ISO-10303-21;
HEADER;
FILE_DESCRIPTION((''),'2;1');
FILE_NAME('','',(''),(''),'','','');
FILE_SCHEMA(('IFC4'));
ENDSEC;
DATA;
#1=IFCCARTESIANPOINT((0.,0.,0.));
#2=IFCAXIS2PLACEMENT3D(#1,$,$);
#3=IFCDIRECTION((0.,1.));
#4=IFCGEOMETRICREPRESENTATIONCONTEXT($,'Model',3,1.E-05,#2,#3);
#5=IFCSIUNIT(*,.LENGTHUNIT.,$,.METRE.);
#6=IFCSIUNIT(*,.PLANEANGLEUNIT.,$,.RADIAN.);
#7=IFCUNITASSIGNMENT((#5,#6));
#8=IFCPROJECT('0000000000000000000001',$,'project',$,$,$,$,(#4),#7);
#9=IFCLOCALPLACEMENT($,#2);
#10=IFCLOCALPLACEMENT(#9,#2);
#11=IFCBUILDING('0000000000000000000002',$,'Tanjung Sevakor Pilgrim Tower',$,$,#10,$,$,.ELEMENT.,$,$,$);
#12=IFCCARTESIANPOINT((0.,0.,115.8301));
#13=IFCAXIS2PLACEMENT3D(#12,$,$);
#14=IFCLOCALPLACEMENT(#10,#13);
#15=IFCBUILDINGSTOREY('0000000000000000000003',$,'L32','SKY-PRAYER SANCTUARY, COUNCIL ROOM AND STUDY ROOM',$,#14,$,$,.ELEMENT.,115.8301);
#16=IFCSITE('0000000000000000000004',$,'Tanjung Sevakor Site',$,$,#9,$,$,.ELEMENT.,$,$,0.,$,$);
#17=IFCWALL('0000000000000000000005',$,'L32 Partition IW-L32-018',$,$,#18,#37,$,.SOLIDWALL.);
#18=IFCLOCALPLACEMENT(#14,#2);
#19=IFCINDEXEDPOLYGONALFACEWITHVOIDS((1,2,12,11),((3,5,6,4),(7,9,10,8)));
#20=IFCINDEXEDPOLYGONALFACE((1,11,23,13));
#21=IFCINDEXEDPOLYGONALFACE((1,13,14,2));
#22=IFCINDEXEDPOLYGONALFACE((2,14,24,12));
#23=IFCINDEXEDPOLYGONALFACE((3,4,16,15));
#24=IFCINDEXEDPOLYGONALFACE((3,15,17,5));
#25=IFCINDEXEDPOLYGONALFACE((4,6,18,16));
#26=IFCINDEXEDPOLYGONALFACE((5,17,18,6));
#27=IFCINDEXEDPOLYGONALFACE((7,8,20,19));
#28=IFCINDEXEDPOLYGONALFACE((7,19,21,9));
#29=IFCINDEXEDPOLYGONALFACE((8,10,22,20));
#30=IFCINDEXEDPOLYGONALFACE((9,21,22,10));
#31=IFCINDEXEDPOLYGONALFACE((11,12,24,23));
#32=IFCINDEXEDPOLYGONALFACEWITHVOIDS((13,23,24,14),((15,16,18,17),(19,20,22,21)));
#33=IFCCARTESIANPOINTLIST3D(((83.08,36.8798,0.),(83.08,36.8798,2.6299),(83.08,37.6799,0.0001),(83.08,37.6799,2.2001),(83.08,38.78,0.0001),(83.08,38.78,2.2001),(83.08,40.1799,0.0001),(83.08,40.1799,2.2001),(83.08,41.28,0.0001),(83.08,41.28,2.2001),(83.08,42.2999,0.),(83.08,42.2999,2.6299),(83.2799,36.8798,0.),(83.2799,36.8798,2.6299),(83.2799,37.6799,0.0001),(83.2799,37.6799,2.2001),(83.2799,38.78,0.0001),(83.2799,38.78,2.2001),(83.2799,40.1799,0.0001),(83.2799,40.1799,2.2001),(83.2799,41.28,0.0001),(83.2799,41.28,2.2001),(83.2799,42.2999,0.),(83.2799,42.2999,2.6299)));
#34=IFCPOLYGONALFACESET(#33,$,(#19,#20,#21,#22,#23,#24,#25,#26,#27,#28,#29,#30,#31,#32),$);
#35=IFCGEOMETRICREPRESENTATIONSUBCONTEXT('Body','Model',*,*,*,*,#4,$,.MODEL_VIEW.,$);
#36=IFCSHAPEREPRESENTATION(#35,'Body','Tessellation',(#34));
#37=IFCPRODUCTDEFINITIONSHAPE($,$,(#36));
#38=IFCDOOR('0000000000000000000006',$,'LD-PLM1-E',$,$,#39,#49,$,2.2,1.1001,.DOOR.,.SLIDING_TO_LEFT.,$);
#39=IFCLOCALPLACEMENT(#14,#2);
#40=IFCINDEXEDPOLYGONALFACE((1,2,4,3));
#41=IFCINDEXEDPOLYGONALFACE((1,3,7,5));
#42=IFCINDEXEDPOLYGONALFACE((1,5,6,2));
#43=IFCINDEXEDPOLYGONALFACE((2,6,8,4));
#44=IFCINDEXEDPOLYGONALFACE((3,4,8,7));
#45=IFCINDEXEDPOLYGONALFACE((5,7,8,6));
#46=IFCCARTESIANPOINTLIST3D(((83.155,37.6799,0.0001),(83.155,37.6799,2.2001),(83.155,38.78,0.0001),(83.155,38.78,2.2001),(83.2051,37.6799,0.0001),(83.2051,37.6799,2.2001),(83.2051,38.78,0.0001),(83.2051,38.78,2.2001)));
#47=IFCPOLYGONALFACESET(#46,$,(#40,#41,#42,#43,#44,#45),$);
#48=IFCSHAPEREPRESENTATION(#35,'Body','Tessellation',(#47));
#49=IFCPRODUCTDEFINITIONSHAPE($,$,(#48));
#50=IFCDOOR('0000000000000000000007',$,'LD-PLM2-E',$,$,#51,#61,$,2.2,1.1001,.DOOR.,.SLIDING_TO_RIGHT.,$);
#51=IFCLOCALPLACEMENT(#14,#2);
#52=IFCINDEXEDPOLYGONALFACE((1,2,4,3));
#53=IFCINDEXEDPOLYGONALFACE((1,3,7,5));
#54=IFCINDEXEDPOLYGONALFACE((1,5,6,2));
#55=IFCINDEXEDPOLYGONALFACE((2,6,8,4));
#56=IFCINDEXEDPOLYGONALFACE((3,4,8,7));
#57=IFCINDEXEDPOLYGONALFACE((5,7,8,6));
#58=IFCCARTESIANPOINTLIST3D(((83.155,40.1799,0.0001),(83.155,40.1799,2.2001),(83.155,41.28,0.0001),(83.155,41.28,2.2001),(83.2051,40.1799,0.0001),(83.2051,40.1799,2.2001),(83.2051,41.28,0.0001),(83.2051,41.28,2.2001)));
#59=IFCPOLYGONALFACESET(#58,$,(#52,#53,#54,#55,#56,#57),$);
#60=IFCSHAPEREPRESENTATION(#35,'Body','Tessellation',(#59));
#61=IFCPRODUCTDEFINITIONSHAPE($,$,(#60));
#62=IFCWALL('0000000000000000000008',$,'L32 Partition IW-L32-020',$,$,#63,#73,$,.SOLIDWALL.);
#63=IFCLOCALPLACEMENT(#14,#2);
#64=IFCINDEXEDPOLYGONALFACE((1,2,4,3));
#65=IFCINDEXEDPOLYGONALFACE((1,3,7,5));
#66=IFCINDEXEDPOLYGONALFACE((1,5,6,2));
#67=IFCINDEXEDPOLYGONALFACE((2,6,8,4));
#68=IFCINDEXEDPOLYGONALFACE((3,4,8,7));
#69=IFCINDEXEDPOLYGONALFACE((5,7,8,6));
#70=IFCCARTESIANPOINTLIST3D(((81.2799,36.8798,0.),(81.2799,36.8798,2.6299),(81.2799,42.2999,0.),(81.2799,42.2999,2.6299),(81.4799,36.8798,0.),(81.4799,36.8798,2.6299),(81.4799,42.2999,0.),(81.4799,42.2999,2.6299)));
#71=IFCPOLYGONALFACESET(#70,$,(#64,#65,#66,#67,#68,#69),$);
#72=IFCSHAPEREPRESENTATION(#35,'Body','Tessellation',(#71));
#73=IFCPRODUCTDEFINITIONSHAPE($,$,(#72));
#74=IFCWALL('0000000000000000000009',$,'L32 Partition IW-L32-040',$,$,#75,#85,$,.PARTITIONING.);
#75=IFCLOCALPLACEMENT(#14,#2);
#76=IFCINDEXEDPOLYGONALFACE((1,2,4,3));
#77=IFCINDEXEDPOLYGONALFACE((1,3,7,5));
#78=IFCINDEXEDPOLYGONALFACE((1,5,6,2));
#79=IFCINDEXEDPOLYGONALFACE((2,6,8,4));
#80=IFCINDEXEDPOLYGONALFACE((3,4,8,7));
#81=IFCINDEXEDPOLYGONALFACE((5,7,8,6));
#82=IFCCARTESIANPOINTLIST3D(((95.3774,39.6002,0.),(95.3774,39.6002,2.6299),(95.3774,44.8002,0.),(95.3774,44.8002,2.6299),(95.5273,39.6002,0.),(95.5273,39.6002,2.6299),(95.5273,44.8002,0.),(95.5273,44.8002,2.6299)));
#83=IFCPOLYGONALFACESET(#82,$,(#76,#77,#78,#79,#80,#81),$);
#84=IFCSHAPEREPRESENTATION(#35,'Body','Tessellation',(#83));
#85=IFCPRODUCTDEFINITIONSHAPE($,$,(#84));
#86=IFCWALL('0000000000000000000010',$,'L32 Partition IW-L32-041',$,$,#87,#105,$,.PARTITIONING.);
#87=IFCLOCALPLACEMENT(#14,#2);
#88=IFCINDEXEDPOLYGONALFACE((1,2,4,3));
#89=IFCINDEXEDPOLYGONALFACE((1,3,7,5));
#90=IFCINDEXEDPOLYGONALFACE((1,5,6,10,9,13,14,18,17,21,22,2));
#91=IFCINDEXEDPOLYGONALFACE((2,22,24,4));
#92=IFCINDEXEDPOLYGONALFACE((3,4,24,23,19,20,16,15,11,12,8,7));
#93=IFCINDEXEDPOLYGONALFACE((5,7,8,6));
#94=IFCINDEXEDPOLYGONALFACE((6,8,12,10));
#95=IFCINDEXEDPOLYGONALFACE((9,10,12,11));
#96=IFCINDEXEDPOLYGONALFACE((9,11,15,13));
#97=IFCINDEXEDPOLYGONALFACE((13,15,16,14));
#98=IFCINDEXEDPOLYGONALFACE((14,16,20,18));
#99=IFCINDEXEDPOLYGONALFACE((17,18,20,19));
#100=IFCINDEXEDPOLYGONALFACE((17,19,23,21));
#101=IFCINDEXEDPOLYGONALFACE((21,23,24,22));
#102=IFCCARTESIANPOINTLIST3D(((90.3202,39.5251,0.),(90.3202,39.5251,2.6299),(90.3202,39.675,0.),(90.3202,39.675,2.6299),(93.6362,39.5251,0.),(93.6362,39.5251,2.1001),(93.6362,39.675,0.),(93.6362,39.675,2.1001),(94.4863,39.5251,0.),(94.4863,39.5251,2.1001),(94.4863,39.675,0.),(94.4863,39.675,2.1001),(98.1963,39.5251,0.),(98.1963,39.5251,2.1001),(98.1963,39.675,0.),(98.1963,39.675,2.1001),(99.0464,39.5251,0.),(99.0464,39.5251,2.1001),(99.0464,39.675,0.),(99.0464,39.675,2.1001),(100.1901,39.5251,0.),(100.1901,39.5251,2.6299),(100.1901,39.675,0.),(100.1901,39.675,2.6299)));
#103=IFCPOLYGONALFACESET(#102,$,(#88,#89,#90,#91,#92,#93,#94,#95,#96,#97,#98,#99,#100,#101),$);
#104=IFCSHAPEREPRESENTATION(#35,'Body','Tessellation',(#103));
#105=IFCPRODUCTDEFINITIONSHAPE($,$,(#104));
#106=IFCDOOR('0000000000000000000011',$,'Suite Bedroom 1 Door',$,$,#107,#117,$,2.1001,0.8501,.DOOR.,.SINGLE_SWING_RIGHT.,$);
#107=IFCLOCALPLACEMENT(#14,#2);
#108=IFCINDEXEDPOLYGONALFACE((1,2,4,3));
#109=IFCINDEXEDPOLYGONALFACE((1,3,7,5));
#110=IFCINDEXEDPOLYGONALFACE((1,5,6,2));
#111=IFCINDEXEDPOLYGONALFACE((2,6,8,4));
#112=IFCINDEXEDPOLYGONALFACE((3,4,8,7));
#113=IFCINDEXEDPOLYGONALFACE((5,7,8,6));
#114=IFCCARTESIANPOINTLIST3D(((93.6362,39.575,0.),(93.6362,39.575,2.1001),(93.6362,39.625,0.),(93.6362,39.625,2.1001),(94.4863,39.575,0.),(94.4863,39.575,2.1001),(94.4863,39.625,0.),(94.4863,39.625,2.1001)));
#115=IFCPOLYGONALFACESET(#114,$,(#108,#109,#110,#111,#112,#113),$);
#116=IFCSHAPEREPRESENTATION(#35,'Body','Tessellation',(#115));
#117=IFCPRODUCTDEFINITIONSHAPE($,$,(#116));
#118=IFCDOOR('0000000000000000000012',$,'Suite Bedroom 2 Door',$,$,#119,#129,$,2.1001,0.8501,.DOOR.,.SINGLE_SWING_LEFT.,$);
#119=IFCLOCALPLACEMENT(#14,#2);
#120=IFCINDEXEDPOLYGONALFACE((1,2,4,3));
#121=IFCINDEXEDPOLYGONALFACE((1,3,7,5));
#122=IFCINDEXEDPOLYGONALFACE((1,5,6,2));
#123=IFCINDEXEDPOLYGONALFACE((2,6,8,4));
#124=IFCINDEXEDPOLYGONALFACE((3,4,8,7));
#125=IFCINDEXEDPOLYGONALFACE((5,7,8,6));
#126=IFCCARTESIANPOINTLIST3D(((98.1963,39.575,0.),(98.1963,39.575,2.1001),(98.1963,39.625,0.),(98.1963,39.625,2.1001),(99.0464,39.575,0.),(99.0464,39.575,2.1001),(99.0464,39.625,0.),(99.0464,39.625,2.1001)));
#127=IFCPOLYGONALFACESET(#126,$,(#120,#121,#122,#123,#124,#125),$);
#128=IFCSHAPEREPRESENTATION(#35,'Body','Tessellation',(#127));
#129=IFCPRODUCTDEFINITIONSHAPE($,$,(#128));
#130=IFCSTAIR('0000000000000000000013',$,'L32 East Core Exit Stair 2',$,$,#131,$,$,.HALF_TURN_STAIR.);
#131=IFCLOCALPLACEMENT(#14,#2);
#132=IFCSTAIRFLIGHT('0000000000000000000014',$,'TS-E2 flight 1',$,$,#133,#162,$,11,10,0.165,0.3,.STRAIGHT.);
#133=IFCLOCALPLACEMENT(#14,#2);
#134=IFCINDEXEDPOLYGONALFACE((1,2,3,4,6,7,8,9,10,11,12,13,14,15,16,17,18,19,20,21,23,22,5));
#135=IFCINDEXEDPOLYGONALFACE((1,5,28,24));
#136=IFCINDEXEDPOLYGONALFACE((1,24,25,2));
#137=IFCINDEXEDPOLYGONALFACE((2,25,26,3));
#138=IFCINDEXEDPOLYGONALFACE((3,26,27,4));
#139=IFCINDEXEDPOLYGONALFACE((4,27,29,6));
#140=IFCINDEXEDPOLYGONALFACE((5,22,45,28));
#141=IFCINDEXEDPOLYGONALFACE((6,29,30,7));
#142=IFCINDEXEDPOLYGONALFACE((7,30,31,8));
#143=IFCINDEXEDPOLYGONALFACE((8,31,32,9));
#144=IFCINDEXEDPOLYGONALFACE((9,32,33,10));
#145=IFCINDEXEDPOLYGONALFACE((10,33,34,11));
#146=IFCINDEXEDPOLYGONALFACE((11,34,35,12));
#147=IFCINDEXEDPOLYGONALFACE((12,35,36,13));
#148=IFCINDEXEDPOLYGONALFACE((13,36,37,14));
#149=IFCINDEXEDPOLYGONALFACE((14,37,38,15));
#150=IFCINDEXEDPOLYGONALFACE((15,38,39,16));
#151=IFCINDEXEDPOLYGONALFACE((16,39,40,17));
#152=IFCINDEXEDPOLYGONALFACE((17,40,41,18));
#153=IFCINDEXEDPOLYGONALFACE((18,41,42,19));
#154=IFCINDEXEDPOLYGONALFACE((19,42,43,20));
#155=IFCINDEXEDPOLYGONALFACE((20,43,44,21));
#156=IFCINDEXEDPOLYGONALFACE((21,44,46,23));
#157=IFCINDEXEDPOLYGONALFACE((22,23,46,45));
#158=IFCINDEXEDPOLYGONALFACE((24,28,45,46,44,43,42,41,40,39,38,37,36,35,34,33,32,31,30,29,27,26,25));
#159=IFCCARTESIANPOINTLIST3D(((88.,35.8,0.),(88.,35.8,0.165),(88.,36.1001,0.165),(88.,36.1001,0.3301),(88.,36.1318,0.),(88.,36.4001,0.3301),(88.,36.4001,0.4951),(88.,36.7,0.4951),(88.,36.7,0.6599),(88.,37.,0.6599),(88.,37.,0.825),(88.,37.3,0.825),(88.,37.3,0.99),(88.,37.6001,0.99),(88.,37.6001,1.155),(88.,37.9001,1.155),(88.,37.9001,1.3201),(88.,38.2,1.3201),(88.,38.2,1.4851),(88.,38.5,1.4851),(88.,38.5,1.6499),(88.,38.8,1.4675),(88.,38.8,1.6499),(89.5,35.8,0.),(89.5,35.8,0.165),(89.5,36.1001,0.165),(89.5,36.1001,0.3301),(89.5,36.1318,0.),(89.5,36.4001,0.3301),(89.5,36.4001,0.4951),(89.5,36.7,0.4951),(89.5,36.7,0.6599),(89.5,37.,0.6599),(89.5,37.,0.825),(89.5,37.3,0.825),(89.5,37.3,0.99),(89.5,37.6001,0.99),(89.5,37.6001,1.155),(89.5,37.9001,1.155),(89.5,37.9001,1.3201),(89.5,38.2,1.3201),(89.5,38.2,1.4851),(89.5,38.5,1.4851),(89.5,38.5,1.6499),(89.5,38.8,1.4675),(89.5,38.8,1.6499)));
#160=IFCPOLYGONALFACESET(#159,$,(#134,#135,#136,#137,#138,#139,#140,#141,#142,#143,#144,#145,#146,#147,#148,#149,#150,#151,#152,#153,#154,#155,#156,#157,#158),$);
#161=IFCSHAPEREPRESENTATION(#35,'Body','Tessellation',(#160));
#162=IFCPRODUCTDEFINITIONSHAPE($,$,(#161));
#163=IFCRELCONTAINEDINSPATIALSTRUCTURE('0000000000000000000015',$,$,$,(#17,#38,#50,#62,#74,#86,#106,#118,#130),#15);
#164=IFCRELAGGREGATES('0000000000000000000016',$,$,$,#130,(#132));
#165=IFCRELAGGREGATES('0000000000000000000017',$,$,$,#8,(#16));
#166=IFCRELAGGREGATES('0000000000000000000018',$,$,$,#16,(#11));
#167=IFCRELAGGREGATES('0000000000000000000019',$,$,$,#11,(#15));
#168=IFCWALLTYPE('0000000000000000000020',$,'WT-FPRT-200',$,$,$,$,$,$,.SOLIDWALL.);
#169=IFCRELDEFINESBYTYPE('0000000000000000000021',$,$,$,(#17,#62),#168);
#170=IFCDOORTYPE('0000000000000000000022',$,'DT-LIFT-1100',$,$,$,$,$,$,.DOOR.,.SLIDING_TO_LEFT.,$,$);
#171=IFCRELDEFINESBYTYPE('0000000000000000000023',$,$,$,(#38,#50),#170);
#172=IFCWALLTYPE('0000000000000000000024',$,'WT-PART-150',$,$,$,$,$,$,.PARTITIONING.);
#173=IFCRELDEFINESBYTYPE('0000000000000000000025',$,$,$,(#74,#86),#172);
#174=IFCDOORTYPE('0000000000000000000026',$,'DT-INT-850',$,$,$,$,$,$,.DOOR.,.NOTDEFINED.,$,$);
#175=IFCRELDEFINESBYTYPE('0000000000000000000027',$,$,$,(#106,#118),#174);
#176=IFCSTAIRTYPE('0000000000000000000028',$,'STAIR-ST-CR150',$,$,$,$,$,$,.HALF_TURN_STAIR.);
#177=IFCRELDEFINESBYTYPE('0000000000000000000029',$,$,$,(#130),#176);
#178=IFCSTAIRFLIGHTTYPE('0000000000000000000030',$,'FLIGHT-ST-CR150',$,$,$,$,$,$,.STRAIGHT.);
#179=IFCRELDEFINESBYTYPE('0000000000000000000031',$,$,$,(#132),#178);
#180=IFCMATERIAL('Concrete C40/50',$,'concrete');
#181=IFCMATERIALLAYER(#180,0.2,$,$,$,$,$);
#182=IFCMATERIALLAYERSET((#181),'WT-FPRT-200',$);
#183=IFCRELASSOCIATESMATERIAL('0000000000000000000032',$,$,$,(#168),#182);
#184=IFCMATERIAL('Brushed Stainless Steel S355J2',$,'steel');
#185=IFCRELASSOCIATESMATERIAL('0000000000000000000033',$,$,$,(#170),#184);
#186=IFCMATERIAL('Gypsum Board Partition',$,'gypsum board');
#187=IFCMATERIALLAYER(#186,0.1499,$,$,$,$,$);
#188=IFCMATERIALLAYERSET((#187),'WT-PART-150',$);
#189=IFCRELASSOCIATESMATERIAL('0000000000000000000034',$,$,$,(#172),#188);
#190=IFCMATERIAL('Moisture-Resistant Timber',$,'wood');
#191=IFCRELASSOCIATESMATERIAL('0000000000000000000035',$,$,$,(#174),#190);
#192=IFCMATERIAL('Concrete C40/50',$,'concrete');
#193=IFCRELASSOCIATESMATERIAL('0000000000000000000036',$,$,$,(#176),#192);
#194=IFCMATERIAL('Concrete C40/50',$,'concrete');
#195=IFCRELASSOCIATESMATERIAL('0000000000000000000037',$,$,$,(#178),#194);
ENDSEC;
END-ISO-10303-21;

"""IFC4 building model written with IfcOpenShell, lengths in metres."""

from ifc_helpers import new_model, si_unit, direction, frame, frame_2d, origin, place, context, subcontext, project, spatial, polyline, rectangle, outline, extrude, material, layer, layer_set, type_object, element, fill, aggregate, save


model = new_model("IFC4")

# Units and contexts
model_context = context("Model", 3, precision=1e-05, world=origin(), true_north=direction((0.0, 1.0)))
body_context = subcontext(model_context, "Body", "Model", "MODEL_VIEW")
ifc_project = project(units=[si_unit("LENGTHUNIT", "METRE"), si_unit("PLANEANGLEUNIT", "RADIAN")], contexts=[model_context])

# Site, building, storey
site_placement = place(None, origin())
site = spatial("IfcSite", under=ifc_project, at=site_placement, Name="Tanjung Sevakor Site", CompositionType="ELEMENT", RefElevation=0.0)
building_placement = place(site_placement, origin())
building = spatial("IfcBuilding", under=site, at=building_placement, Name="Tanjung Sevakor Pilgrim Tower", CompositionType="ELEMENT")
storey_placement = place(building_placement, frame((0.0, 0.0, 115.8301)))
storey = spatial("IfcBuildingStorey", under=building, at=storey_placement, Name="L32", Description="SKY-PRAYER SANCTUARY, COUNCIL ROOM AND STUDY ROOM", CompositionType="ELEMENT", Elevation=115.8301)

# Shared definitions
ifc_material_1 = material(Name="Concrete C40/50", Category="concrete")
ifc_layer_1 = layer(ifc_material_1, 0.2)
ifc_layer_set_1 = layer_set([ifc_layer_1], Name="WT-FPRT-200")
wall_type_1 = type_object("IfcWallType", Name="WT-FPRT-200", PredefinedType="SOLIDWALL", material=ifc_layer_set_1)

# Wall, openings, doors
wall_1_placement = place(storey_placement, frame((83.1799, 36.8799, 0.0), z_axis=(0.0, 0.0, 1.0), x_axis=(0.0, 1.0, 0.0)))
wall_1 = element("IfcWall", 1, at=wall_1_placement, inside=storey, type_object=wall_type_1, Name="L32 Partition IW-L32-018", PredefinedType="SOLIDWALL", context=body_context, shape_type="SweptSolid", body=[
    extrude(rectangle(XDim=5.4202, YDim=0.2, at=frame_2d((2.71, 0.0))), origin(), (0.0, 0.0, 1.0), 2.6299),
])
opening_1_placement = place(wall_1_placement, frame((0.8, 0.0, 0.0)))
opening_1 = element("IfcOpeningElement", 2, at=opening_1_placement, cuts=wall_1, PredefinedType="OPENING", context=body_context, shape_type="SweptSolid", body=[
    extrude(rectangle(XDim=1.1001, YDim=2.2, at=frame_2d((0.55, 1.1001))), frame((0.0, 0.1099, 0.0), z_axis=(0.0, -1.0, 0.0), x_axis=(1.0, 0.0, 0.0)), (0.0, 0.0, 1.0), 0.22),
])
opening_2_placement = place(wall_1_placement, frame((3.3, 0.0, 0.0)))
opening_2 = element("IfcOpeningElement", 3, at=opening_2_placement, cuts=wall_1, PredefinedType="OPENING", context=body_context, shape_type="SweptSolid", body=[
    extrude(rectangle(XDim=1.1001, YDim=2.2, at=frame_2d((0.55, 1.1001))), frame((0.0, 0.1099, 0.0), z_axis=(0.0, -1.0, 0.0), x_axis=(1.0, 0.0, 0.0)), (0.0, 0.0, 1.0), 0.22),
])
ifc_material_2 = material(Name="Brushed Stainless Steel S355J2", Category="steel")
door_type_1 = type_object("IfcDoorType", Name="DT-LIFT-1100", OperationType="SLIDING_TO_LEFT", PredefinedType="DOOR", material=ifc_material_2)
door_1_placement = place(opening_1_placement, origin())
door_1 = element("IfcDoor", 4, at=door_1_placement, inside=storey, type_object=door_type_1, Name="LD-PLM1-E", OperationType="SLIDING_TO_LEFT", OverallHeight=2.2, OverallWidth=1.1001, PredefinedType="DOOR", context=body_context, shape_type="SweptSolid", body=[
    extrude(rectangle(XDim=1.1001, YDim=2.2, at=frame_2d((0.55, 1.1001))), frame((0.0, 0.0249, 0.0), z_axis=(0.0, -1.0, 0.0), x_axis=(1.0, 0.0, 0.0)), (0.0, 0.0, 1.0), 0.05),
])
fill(opening_1, door_1)
door_2_placement = place(opening_2_placement, origin())
door_2 = element("IfcDoor", 5, at=door_2_placement, inside=storey, type_object=door_type_1, Name="LD-PLM2-E", OperationType="SLIDING_TO_RIGHT", OverallHeight=2.2, OverallWidth=1.1001, PredefinedType="DOOR", context=body_context, shape_type="SweptSolid", body=[
    extrude(rectangle(XDim=1.1001, YDim=2.2, at=frame_2d((0.55, 1.1001))), frame((0.0, 0.0249, 0.0), z_axis=(0.0, -1.0, 0.0), x_axis=(1.0, 0.0, 0.0)), (0.0, 0.0, 1.0), 0.05),
])
fill(opening_2, door_2)

# Walls
wall_2_placement = place(storey_placement, frame((81.3799, 36.8799, 0.0), z_axis=(0.0, 0.0, 1.0), x_axis=(0.0, 1.0, 0.0)))
element("IfcWall", 6, at=wall_2_placement, inside=storey, type_object=wall_type_1, Name="L32 Partition IW-L32-020", PredefinedType="SOLIDWALL", context=body_context, shape_type="SweptSolid", body=[
    extrude(rectangle(XDim=5.4202, YDim=0.2, at=frame_2d((2.71, 0.0))), origin(), (0.0, 0.0, 1.0), 2.6299),
])
ifc_material_3 = material(Name="Gypsum Board Partition", Category="gypsum board")
ifc_layer_2 = layer(ifc_material_3, 0.1499)
ifc_layer_set_2 = layer_set([ifc_layer_2], Name="WT-PART-150")
wall_type_2 = type_object("IfcWallType", Name="WT-PART-150", PredefinedType="PARTITIONING", material=ifc_layer_set_2)
wall_3_placement = place(storey_placement, frame((95.4524, 39.6001, 0.0), z_axis=(0.0, 0.0, 1.0), x_axis=(0.0, 1.0, 0.0)))
element("IfcWall", 7, at=wall_3_placement, inside=storey, type_object=wall_type_2, Name="L32 Partition IW-L32-040", PredefinedType="PARTITIONING", context=body_context, shape_type="SweptSolid", body=[
    extrude(rectangle(XDim=5.2, YDim=0.1499, at=frame_2d((2.6001, 0.0))), origin(), (0.0, 0.0, 1.0), 2.6299),
])

# Wall, openings, doors
wall_4_placement = place(storey_placement, frame((90.3201, 39.6001, 0.0), z_axis=(0.0, 0.0, 1.0), x_axis=(1.0, 0.0, 0.0)))
wall_4 = element("IfcWall", 8, at=wall_4_placement, inside=storey, type_object=wall_type_2, Name="L32 Partition IW-L32-041", PredefinedType="PARTITIONING", context=body_context, shape_type="SweptSolid", body=[
    extrude(rectangle(XDim=9.8699, YDim=0.1499, at=frame_2d((4.9351, 0.0))), origin(), (0.0, 0.0, 1.0), 2.6299),
])
opening_3_placement = place(wall_4_placement, frame((3.3162, 0.0, 0.0)))
opening_3 = element("IfcOpeningElement", 9, at=opening_3_placement, cuts=wall_4, PredefinedType="OPENING", context=body_context, shape_type="SweptSolid", body=[
    extrude(rectangle(XDim=0.8501, YDim=2.1001, at=frame_2d((0.425, 1.05))), frame((0.0, 0.085, 0.0), z_axis=(0.0, -1.0, 0.0), x_axis=(1.0, 0.0, 0.0)), (0.0, 0.0, 1.0), 0.1699),
])
opening_4_placement = place(wall_4_placement, frame((7.8762, 0.0, 0.0)))
opening_4 = element("IfcOpeningElement", 10, at=opening_4_placement, cuts=wall_4, PredefinedType="OPENING", context=body_context, shape_type="SweptSolid", body=[
    extrude(rectangle(XDim=0.8501, YDim=2.1001, at=frame_2d((0.425, 1.05))), frame((0.0, 0.085, 0.0), z_axis=(0.0, -1.0, 0.0), x_axis=(1.0, 0.0, 0.0)), (0.0, 0.0, 1.0), 0.1699),
])
ifc_material_4 = material(Name="Moisture-Resistant Timber", Category="wood")
door_type_2 = type_object("IfcDoorType", Name="DT-INT-850", OperationType="NOTDEFINED", PredefinedType="DOOR", material=ifc_material_4)
door_3_placement = place(opening_3_placement, origin())
door_3 = element("IfcDoor", 11, at=door_3_placement, inside=storey, type_object=door_type_2, Name="Suite Bedroom 1 Door", OperationType="SINGLE_SWING_RIGHT", OverallHeight=2.1001, OverallWidth=0.8501, PredefinedType="DOOR", context=body_context, shape_type="SweptSolid", body=[
    extrude(rectangle(XDim=0.8501, YDim=2.1001, at=frame_2d((0.425, 1.05))), frame((0.0, 0.0249, 0.0), z_axis=(0.0, -1.0, 0.0), x_axis=(1.0, 0.0, 0.0)), (0.0, 0.0, 1.0), 0.05),
])
fill(opening_3, door_3)
door_4_placement = place(opening_4_placement, origin())
door_4 = element("IfcDoor", 12, at=door_4_placement, inside=storey, type_object=door_type_2, Name="Suite Bedroom 2 Door", OperationType="SINGLE_SWING_LEFT", OverallHeight=2.1001, OverallWidth=0.8501, PredefinedType="DOOR", context=body_context, shape_type="SweptSolid", body=[
    extrude(rectangle(XDim=0.8501, YDim=2.1001, at=frame_2d((0.425, 1.05))), frame((0.0, 0.0249, 0.0), z_axis=(0.0, -1.0, 0.0), x_axis=(1.0, 0.0, 0.0)), (0.0, 0.0, 1.0), 0.05),
])
fill(opening_4, door_4)

# Stair, stair flight
ifc_material_5 = material(Name="Concrete C40/50", Category="concrete")
stair_type = type_object("IfcStairType", Name="STAIR-ST-CR150", PredefinedType="HALF_TURN_STAIR", material=ifc_material_5)
stair_placement = place(storey_placement, origin())
stair = element("IfcStair", 13, at=stair_placement, inside=storey, type_object=stair_type, Name="L32 East Core Exit Stair 2", PredefinedType="HALF_TURN_STAIR")
ifc_material_6 = material(Name="Concrete C40/50", Category="concrete")
stair_flight_type = type_object("IfcStairFlightType", Name="FLIGHT-ST-CR150", PredefinedType="STRAIGHT", material=ifc_material_6)
stair_flight_1_placement = place(storey_placement, frame((88.75, 35.8, 0.0), z_axis=(0.0, 0.0, 1.0), x_axis=(0.0, 1.0, 0.0)))
stair_flight_1 = element("IfcStairFlight", 14, at=stair_flight_1_placement, type_object=stair_flight_type, Name="TS-E2 flight 1", NumberOfRisers=11, NumberOfTreads=10, PredefinedType="STRAIGHT", RiserHeight=0.165, TreadLength=0.3, context=body_context, shape_type="SweptSolid", body=[
    extrude(outline(polyline([(0.0, 0.0), (0.0, 0.165), (0.3, 0.165), (0.3, 0.3301), (0.6001, 0.3301), (0.6001, 0.4951), (0.8999, 0.4951), (0.8999, 0.6599), (1.2, 0.6599), (1.2, 0.825), (1.5, 0.825), (1.5, 0.99), (1.8, 0.99), (1.8, 1.155), (2.1001, 1.155), (2.1001, 1.3201), (2.3999, 1.3201), (2.3999, 1.4851), (2.7, 1.4851), (2.7, 1.6499), (3.0, 1.6499), (3.0, 1.8149), (3.0, 1.4675), (0.3318, 0.0), (0.0, 0.0)])), frame((0.0, 0.75, 0.0), z_axis=(0.0, -1.0, 0.0), x_axis=(1.0, 0.0, 0.0)), (0.0, 0.0, 1.0), 1.5),
])
aggregate(stair, [stair_flight_1])

save(model, "model.ifc")
